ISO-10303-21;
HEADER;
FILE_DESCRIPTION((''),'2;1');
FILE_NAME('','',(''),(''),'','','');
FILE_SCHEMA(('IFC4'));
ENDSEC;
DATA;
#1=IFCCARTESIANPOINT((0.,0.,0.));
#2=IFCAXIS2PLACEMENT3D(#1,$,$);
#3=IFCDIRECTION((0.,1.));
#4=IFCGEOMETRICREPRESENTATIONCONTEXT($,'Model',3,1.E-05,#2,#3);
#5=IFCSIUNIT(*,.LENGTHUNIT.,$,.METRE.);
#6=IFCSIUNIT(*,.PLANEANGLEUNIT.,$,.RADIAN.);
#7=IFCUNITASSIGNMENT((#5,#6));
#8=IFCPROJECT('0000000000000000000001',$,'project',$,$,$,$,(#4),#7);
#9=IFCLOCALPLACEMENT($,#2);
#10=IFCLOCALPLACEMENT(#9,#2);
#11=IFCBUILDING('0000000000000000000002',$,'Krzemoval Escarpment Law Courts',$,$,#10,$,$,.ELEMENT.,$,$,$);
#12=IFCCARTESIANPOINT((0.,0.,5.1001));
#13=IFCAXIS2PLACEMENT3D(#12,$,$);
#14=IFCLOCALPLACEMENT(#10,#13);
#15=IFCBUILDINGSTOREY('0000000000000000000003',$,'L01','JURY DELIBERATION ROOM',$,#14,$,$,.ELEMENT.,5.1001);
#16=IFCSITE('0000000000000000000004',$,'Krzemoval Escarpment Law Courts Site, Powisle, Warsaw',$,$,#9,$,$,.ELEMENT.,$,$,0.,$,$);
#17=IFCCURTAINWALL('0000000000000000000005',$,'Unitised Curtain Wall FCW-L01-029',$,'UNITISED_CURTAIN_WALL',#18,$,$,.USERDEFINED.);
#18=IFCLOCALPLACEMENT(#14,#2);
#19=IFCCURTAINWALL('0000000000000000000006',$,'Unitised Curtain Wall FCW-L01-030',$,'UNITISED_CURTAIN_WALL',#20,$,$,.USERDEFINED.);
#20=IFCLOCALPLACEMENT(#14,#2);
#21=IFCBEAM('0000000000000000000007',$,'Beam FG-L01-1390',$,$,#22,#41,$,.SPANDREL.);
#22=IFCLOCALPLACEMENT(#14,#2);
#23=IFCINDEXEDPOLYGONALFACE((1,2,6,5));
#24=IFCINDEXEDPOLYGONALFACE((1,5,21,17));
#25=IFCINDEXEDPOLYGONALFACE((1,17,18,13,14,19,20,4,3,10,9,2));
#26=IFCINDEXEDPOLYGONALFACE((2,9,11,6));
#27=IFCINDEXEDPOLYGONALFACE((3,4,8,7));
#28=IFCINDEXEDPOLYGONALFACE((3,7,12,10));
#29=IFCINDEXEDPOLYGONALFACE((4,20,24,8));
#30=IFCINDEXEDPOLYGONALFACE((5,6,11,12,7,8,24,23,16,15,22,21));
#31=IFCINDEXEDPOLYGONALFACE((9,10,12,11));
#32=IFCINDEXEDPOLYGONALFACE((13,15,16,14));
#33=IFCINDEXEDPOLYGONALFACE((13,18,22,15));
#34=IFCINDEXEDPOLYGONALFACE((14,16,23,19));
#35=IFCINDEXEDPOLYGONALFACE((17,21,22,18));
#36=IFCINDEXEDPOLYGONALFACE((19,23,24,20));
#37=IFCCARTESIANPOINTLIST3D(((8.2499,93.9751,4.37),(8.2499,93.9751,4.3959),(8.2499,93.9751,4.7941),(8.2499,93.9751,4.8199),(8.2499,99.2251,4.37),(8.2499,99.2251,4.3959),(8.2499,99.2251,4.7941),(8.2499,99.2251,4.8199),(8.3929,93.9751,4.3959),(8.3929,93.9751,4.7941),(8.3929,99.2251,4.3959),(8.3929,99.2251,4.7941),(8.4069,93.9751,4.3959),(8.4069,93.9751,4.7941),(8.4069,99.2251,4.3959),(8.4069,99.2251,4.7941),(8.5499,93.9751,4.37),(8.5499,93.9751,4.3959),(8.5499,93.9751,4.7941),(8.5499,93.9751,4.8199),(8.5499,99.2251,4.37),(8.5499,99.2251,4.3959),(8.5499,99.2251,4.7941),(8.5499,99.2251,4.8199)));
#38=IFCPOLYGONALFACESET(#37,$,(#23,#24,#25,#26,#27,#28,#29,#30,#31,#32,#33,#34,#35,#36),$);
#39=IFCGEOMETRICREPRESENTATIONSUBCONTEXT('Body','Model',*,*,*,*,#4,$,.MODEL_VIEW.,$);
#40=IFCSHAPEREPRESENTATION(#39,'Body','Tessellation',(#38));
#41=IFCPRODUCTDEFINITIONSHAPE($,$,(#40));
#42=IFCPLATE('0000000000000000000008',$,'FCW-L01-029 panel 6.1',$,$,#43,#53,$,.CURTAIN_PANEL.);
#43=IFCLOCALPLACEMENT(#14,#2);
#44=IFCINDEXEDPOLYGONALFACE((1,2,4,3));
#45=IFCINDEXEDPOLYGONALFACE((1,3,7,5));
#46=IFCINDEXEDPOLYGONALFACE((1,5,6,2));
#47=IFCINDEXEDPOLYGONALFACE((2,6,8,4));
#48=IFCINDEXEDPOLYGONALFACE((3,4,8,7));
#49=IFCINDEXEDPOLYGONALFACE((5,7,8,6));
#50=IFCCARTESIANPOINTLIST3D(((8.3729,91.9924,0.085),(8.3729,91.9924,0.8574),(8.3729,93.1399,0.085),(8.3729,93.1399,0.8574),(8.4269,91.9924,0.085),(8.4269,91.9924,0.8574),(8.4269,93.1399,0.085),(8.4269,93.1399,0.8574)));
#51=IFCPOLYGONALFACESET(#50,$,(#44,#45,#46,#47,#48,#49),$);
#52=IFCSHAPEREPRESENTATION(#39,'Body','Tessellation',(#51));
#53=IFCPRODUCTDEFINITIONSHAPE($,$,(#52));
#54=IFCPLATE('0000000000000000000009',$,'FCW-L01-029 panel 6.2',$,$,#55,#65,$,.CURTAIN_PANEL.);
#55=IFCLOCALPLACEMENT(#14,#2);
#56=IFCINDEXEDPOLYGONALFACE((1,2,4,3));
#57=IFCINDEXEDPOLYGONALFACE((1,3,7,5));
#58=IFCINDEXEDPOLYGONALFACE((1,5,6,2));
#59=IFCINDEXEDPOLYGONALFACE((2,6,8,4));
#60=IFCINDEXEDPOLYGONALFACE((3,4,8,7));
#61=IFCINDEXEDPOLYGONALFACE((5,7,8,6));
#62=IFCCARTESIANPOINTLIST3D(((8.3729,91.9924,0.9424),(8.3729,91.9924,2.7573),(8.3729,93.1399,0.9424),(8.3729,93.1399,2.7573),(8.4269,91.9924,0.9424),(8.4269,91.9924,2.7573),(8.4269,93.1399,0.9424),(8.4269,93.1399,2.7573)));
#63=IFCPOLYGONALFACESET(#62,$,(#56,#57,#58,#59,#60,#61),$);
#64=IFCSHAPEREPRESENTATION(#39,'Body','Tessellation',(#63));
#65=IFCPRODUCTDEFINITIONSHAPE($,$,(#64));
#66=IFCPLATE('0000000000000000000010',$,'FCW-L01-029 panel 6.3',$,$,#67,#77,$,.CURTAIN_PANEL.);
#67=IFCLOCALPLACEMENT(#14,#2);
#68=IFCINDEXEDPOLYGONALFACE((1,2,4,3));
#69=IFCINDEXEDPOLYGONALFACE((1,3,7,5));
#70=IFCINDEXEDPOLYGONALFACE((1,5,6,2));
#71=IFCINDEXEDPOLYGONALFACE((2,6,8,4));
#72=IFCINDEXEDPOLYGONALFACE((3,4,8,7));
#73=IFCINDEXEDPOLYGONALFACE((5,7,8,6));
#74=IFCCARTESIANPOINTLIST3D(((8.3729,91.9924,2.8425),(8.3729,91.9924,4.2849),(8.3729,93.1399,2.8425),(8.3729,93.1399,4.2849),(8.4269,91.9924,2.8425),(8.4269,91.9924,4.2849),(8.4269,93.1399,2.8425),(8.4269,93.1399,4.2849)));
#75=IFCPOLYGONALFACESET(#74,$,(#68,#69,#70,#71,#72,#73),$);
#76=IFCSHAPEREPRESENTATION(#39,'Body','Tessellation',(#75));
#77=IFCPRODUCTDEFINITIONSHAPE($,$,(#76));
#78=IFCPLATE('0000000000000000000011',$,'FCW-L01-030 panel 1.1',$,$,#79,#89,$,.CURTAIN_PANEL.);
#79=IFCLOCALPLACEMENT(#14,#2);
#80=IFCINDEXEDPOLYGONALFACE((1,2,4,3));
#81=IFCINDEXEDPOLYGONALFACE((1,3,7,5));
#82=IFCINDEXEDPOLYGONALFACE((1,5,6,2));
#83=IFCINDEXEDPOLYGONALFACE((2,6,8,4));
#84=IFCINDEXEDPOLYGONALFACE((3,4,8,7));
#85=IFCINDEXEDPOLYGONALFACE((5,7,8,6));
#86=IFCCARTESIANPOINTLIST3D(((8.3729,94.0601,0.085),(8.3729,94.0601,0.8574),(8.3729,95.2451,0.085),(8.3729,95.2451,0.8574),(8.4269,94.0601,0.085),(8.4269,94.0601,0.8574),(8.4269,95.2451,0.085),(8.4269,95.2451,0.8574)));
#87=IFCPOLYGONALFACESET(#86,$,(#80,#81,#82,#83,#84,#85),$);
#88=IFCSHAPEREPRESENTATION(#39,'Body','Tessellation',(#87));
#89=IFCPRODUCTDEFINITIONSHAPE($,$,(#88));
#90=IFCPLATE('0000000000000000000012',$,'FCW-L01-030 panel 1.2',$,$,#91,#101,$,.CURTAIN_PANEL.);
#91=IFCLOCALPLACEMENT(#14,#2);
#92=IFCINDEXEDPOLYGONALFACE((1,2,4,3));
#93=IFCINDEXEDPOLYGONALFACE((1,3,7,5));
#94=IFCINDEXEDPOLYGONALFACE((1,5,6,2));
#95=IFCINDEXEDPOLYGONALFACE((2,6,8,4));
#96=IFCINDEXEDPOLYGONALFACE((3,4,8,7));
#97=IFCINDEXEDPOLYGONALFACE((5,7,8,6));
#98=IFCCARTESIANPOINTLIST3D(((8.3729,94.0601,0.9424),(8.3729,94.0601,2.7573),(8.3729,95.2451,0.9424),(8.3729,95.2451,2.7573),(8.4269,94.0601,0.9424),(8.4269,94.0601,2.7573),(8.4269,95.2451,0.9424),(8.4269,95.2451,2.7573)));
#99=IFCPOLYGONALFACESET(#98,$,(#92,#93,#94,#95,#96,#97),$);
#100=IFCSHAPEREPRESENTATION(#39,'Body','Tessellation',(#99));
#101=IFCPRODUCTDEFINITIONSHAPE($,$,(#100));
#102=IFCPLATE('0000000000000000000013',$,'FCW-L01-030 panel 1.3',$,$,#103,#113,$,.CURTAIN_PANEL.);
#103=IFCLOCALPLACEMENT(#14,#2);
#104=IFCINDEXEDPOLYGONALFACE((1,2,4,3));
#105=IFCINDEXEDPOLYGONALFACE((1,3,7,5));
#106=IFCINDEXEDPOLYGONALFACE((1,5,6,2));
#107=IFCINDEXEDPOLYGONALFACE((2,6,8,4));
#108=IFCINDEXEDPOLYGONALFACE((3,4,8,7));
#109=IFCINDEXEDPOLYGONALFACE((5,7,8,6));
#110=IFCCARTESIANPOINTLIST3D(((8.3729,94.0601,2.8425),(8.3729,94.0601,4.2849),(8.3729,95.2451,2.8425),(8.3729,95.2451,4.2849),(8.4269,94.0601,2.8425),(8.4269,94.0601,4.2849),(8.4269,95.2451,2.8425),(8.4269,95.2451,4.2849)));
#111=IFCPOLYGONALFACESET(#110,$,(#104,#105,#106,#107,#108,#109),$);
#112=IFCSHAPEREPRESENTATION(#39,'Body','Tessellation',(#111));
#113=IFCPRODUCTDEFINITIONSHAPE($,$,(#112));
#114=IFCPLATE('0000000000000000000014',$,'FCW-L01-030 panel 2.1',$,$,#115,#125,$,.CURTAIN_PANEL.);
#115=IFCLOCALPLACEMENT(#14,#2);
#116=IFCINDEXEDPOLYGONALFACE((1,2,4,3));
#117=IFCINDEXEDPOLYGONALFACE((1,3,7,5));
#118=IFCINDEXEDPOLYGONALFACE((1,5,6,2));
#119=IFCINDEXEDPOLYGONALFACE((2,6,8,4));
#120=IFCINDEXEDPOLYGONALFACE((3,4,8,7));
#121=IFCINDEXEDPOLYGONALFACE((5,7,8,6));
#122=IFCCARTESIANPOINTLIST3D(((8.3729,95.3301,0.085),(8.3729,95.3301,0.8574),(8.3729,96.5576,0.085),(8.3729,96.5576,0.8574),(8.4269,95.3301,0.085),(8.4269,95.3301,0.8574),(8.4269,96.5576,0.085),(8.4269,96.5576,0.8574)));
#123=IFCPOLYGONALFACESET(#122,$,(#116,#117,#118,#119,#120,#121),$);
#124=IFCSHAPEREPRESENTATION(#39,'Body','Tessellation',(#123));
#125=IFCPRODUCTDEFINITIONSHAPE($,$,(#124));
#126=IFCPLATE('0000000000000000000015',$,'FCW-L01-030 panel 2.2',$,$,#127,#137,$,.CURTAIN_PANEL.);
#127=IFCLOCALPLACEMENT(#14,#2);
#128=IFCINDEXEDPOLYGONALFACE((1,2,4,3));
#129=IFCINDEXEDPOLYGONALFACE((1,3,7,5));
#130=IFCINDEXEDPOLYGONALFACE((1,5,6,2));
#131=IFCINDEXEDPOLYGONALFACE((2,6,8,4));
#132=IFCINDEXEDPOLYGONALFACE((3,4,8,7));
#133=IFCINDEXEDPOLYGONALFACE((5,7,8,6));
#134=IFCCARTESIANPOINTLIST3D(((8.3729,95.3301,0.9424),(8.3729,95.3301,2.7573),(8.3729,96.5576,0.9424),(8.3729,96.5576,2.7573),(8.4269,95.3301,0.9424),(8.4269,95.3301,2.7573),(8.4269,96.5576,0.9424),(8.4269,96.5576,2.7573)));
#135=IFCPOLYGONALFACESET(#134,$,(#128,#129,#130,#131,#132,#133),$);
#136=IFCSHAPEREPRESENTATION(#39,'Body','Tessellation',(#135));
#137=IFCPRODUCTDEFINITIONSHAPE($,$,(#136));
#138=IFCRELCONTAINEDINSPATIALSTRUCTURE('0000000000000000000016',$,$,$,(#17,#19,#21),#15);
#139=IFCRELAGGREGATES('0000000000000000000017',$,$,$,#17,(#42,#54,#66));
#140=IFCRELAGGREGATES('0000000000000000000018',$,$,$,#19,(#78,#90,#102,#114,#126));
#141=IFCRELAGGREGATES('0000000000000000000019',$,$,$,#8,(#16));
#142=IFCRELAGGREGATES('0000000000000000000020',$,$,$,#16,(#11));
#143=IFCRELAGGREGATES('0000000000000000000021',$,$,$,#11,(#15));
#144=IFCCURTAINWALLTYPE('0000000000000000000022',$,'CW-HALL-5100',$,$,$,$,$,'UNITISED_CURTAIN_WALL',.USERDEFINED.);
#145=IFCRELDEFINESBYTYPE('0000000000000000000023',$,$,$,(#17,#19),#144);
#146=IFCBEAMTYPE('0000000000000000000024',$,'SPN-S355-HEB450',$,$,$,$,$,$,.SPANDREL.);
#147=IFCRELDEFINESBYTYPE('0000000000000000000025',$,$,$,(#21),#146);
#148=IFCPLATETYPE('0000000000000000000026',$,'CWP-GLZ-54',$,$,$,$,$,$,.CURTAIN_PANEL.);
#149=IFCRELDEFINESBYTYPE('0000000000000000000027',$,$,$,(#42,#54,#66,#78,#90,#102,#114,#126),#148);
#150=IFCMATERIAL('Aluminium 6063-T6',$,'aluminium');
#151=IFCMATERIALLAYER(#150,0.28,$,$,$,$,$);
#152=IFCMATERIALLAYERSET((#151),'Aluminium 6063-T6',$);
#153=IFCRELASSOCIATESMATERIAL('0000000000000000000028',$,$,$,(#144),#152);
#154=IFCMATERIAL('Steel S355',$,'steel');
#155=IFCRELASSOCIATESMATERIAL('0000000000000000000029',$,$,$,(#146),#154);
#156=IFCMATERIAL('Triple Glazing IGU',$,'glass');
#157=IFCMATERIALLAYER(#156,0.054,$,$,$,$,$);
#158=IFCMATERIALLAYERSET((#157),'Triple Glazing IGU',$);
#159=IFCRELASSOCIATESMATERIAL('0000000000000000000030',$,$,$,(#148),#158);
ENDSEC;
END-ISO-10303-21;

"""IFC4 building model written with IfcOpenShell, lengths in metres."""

from ifc_helpers import new_model, si_unit, direction, frame, origin, origin_2d, place, context, subcontext, project, spatial, rectangle, i_section, extrude, material, layer, layer_set, material_profile, profile_set, type_object, element, aggregate, save


model = new_model("IFC4")

# Units and contexts
model_context = context("Model", 3, precision=1e-05, world=origin(), true_north=direction((0.0, 1.0)))
body_context = subcontext(model_context, "Body", "Model", "MODEL_VIEW")
ifc_project = project(units=[si_unit("LENGTHUNIT", "METRE"), si_unit("PLANEANGLEUNIT", "RADIAN")], contexts=[model_context])

# Site, building, storey
site_placement = place(None, origin())
site = spatial("IfcSite", under=ifc_project, at=site_placement, Name="Krzemoval Escarpment Law Courts Site, Powisle, Warsaw", CompositionType="ELEMENT", RefElevation=0.0)
building_placement = place(site_placement, origin())
building = spatial("IfcBuilding", under=site, at=building_placement, Name="Krzemoval Escarpment Law Courts", CompositionType="ELEMENT")
storey_placement = place(building_placement, frame((0.0, 0.0, 5.1001)))
storey = spatial("IfcBuildingStorey", under=building, at=storey_placement, Name="L01", Description="JURY DELIBERATION ROOM", CompositionType="ELEMENT", Elevation=5.1001)

# Curtain wall
ifc_material_1 = material(Name="Aluminium 6063-T6", Category="aluminium")
ifc_layer_1 = layer(ifc_material_1, 0.28)
ifc_layer_set_1 = layer_set([ifc_layer_1], Name="Aluminium 6063-T6")
curtain_wall_type = type_object("IfcCurtainWallType", Name="CW-HALL-5100", ElementType="UNITISED_CURTAIN_WALL", PredefinedType="USERDEFINED", material=ifc_layer_set_1)
curtain_wall_1_placement = place(storey_placement, origin())
curtain_wall_1 = element("IfcCurtainWall", 1, at=curtain_wall_1_placement, inside=storey, type_object=curtain_wall_type, Name="Unitised Curtain Wall FCW-L01-029", ObjectType="UNITISED_CURTAIN_WALL", PredefinedType="USERDEFINED")

# Curtain wall
curtain_wall_2_placement = place(storey_placement, origin())
curtain_wall_2 = element("IfcCurtainWall", 2, at=curtain_wall_2_placement, inside=storey, type_object=curtain_wall_type, Name="Unitised Curtain Wall FCW-L01-030", ObjectType="UNITISED_CURTAIN_WALL", PredefinedType="USERDEFINED")

# Beam
ifc_material_2 = material(Name="Steel S355", Category="steel")
ifc_material_profile_1 = material_profile(ifc_material_2, i_section(OverallWidth=0.3, OverallDepth=0.45, WebThickness=0.0139, FlangeThickness=0.0259, at=origin_2d()), Name="HEB 450")
ifc_profile_set_1 = profile_set([ifc_material_profile_1], Name="Steel S355")
beam_type = type_object("IfcBeamType", Name="SPN-S355-HEB450", PredefinedType="SPANDREL", material=ifc_profile_set_1)
beam_placement = place(storey_placement, frame((8.3999, 93.9751, 4.595), z_axis=(0.0, 1.0, 0.0), x_axis=(-1.0, 0.0, 0.0)))
element("IfcBeam", 3, at=beam_placement, inside=storey, type_object=beam_type, Name="Beam FG-L01-1390", PredefinedType="SPANDREL", context=body_context, shape_type="SweptSolid", body=[
    extrude(i_section(OverallWidth=0.3, OverallDepth=0.45, WebThickness=0.0139, FlangeThickness=0.0259, at=origin_2d()), origin(), (0.0, 0.0, 1.0), 5.25),
])

# Plates
ifc_material_3 = material(Name="Triple Glazing IGU", Category="glass")
ifc_layer_2 = layer(ifc_material_3, 0.054)
ifc_layer_set_2 = layer_set([ifc_layer_2], Name="Triple Glazing IGU")
plate_type = type_object("IfcPlateType", Name="CWP-GLZ-54", PredefinedType="CURTAIN_PANEL", material=ifc_layer_set_2)
plate_1_placement = place(storey_placement, frame((8.3999, 92.5662, 0.085), z_axis=(0.0, 0.0, 1.0), x_axis=(0.0, 1.0, 0.0)))
plate_1 = element("IfcPlate", 4, at=plate_1_placement, type_object=plate_type, Name="FCW-L01-029 panel 6.1", PredefinedType="CURTAIN_PANEL", context=body_context, shape_type="SweptSolid", body=[
    extrude(rectangle(XDim=1.1475, YDim=0.054, at=origin_2d()), origin(), (0.0, 0.0, 1.0), 0.7725),
])
plate_2_placement = place(storey_placement, frame((8.3999, 92.5662, 0.9424), z_axis=(0.0, 0.0, 1.0), x_axis=(0.0, 1.0, 0.0)))
plate_2 = element("IfcPlate", 5, at=plate_2_placement, type_object=plate_type, Name="FCW-L01-029 panel 6.2", PredefinedType="CURTAIN_PANEL", context=body_context, shape_type="SweptSolid", body=[
    extrude(rectangle(XDim=1.1475, YDim=0.054, at=origin_2d()), origin(), (0.0, 0.0, 1.0), 1.8149),
])
plate_3_placement = place(storey_placement, frame((8.3999, 92.5662, 2.8425), z_axis=(0.0, 0.0, 1.0), x_axis=(0.0, 1.0, 0.0)))
plate_3 = element("IfcPlate", 6, at=plate_3_placement, type_object=plate_type, Name="FCW-L01-029 panel 6.3", PredefinedType="CURTAIN_PANEL", context=body_context, shape_type="SweptSolid", body=[
    extrude(rectangle(XDim=1.1475, YDim=0.054, at=origin_2d()), origin(), (0.0, 0.0, 1.0), 1.4424),
])
aggregate(curtain_wall_1, [plate_1, plate_2, plate_3])
plate_4_placement = place(storey_placement, frame((8.3999, 94.6526, 0.085), z_axis=(0.0, 0.0, 1.0), x_axis=(0.0, 1.0, 0.0)))
plate_4 = element("IfcPlate", 7, at=plate_4_placement, type_object=plate_type, Name="FCW-L01-030 panel 1.1", PredefinedType="CURTAIN_PANEL", context=body_context, shape_type="SweptSolid", body=[
    extrude(rectangle(XDim=1.1851, YDim=0.054, at=origin_2d()), origin(), (0.0, 0.0, 1.0), 0.7725),
])
plate_5_placement = place(storey_placement, frame((8.3999, 94.6526, 0.9424), z_axis=(0.0, 0.0, 1.0), x_axis=(0.0, 1.0, 0.0)))
plate_5 = element("IfcPlate", 8, at=plate_5_placement, type_object=plate_type, Name="FCW-L01-030 panel 1.2", PredefinedType="CURTAIN_PANEL", context=body_context, shape_type="SweptSolid", body=[
    extrude(rectangle(XDim=1.1851, YDim=0.054, at=origin_2d()), origin(), (0.0, 0.0, 1.0), 1.8149),
])
plate_6_placement = place(storey_placement, frame((8.3999, 94.6526, 2.8425), z_axis=(0.0, 0.0, 1.0), x_axis=(0.0, 1.0, 0.0)))
plate_6 = element("IfcPlate", 9, at=plate_6_placement, type_object=plate_type, Name="FCW-L01-030 panel 1.3", PredefinedType="CURTAIN_PANEL", context=body_context, shape_type="SweptSolid", body=[
    extrude(rectangle(XDim=1.1851, YDim=0.054, at=origin_2d()), origin(), (0.0, 0.0, 1.0), 1.4424),
])
plate_7_placement = place(storey_placement, frame((8.3999, 95.9438, 0.085), z_axis=(0.0, 0.0, 1.0), x_axis=(0.0, 1.0, 0.0)))
plate_7 = element("IfcPlate", 10, at=plate_7_placement, type_object=plate_type, Name="FCW-L01-030 panel 2.1", PredefinedType="CURTAIN_PANEL", context=body_context, shape_type="SweptSolid", body=[
    extrude(rectangle(XDim=1.2275, YDim=0.054, at=origin_2d()), origin(), (0.0, 0.0, 1.0), 0.7725),
])
plate_8_placement = place(storey_placement, frame((8.3999, 95.9438, 0.9424), z_axis=(0.0, 0.0, 1.0), x_axis=(0.0, 1.0, 0.0)))
plate_8 = element("IfcPlate", 11, at=plate_8_placement, type_object=plate_type, Name="FCW-L01-030 panel 2.2", PredefinedType="CURTAIN_PANEL", context=body_context, shape_type="SweptSolid", body=[
    extrude(rectangle(XDim=1.2275, YDim=0.054, at=origin_2d()), origin(), (0.0, 0.0, 1.0), 1.8149),
])
aggregate(curtain_wall_2, [plate_4, plate_5, plate_6, plate_7, plate_8])

save(model, "model.ifc")
